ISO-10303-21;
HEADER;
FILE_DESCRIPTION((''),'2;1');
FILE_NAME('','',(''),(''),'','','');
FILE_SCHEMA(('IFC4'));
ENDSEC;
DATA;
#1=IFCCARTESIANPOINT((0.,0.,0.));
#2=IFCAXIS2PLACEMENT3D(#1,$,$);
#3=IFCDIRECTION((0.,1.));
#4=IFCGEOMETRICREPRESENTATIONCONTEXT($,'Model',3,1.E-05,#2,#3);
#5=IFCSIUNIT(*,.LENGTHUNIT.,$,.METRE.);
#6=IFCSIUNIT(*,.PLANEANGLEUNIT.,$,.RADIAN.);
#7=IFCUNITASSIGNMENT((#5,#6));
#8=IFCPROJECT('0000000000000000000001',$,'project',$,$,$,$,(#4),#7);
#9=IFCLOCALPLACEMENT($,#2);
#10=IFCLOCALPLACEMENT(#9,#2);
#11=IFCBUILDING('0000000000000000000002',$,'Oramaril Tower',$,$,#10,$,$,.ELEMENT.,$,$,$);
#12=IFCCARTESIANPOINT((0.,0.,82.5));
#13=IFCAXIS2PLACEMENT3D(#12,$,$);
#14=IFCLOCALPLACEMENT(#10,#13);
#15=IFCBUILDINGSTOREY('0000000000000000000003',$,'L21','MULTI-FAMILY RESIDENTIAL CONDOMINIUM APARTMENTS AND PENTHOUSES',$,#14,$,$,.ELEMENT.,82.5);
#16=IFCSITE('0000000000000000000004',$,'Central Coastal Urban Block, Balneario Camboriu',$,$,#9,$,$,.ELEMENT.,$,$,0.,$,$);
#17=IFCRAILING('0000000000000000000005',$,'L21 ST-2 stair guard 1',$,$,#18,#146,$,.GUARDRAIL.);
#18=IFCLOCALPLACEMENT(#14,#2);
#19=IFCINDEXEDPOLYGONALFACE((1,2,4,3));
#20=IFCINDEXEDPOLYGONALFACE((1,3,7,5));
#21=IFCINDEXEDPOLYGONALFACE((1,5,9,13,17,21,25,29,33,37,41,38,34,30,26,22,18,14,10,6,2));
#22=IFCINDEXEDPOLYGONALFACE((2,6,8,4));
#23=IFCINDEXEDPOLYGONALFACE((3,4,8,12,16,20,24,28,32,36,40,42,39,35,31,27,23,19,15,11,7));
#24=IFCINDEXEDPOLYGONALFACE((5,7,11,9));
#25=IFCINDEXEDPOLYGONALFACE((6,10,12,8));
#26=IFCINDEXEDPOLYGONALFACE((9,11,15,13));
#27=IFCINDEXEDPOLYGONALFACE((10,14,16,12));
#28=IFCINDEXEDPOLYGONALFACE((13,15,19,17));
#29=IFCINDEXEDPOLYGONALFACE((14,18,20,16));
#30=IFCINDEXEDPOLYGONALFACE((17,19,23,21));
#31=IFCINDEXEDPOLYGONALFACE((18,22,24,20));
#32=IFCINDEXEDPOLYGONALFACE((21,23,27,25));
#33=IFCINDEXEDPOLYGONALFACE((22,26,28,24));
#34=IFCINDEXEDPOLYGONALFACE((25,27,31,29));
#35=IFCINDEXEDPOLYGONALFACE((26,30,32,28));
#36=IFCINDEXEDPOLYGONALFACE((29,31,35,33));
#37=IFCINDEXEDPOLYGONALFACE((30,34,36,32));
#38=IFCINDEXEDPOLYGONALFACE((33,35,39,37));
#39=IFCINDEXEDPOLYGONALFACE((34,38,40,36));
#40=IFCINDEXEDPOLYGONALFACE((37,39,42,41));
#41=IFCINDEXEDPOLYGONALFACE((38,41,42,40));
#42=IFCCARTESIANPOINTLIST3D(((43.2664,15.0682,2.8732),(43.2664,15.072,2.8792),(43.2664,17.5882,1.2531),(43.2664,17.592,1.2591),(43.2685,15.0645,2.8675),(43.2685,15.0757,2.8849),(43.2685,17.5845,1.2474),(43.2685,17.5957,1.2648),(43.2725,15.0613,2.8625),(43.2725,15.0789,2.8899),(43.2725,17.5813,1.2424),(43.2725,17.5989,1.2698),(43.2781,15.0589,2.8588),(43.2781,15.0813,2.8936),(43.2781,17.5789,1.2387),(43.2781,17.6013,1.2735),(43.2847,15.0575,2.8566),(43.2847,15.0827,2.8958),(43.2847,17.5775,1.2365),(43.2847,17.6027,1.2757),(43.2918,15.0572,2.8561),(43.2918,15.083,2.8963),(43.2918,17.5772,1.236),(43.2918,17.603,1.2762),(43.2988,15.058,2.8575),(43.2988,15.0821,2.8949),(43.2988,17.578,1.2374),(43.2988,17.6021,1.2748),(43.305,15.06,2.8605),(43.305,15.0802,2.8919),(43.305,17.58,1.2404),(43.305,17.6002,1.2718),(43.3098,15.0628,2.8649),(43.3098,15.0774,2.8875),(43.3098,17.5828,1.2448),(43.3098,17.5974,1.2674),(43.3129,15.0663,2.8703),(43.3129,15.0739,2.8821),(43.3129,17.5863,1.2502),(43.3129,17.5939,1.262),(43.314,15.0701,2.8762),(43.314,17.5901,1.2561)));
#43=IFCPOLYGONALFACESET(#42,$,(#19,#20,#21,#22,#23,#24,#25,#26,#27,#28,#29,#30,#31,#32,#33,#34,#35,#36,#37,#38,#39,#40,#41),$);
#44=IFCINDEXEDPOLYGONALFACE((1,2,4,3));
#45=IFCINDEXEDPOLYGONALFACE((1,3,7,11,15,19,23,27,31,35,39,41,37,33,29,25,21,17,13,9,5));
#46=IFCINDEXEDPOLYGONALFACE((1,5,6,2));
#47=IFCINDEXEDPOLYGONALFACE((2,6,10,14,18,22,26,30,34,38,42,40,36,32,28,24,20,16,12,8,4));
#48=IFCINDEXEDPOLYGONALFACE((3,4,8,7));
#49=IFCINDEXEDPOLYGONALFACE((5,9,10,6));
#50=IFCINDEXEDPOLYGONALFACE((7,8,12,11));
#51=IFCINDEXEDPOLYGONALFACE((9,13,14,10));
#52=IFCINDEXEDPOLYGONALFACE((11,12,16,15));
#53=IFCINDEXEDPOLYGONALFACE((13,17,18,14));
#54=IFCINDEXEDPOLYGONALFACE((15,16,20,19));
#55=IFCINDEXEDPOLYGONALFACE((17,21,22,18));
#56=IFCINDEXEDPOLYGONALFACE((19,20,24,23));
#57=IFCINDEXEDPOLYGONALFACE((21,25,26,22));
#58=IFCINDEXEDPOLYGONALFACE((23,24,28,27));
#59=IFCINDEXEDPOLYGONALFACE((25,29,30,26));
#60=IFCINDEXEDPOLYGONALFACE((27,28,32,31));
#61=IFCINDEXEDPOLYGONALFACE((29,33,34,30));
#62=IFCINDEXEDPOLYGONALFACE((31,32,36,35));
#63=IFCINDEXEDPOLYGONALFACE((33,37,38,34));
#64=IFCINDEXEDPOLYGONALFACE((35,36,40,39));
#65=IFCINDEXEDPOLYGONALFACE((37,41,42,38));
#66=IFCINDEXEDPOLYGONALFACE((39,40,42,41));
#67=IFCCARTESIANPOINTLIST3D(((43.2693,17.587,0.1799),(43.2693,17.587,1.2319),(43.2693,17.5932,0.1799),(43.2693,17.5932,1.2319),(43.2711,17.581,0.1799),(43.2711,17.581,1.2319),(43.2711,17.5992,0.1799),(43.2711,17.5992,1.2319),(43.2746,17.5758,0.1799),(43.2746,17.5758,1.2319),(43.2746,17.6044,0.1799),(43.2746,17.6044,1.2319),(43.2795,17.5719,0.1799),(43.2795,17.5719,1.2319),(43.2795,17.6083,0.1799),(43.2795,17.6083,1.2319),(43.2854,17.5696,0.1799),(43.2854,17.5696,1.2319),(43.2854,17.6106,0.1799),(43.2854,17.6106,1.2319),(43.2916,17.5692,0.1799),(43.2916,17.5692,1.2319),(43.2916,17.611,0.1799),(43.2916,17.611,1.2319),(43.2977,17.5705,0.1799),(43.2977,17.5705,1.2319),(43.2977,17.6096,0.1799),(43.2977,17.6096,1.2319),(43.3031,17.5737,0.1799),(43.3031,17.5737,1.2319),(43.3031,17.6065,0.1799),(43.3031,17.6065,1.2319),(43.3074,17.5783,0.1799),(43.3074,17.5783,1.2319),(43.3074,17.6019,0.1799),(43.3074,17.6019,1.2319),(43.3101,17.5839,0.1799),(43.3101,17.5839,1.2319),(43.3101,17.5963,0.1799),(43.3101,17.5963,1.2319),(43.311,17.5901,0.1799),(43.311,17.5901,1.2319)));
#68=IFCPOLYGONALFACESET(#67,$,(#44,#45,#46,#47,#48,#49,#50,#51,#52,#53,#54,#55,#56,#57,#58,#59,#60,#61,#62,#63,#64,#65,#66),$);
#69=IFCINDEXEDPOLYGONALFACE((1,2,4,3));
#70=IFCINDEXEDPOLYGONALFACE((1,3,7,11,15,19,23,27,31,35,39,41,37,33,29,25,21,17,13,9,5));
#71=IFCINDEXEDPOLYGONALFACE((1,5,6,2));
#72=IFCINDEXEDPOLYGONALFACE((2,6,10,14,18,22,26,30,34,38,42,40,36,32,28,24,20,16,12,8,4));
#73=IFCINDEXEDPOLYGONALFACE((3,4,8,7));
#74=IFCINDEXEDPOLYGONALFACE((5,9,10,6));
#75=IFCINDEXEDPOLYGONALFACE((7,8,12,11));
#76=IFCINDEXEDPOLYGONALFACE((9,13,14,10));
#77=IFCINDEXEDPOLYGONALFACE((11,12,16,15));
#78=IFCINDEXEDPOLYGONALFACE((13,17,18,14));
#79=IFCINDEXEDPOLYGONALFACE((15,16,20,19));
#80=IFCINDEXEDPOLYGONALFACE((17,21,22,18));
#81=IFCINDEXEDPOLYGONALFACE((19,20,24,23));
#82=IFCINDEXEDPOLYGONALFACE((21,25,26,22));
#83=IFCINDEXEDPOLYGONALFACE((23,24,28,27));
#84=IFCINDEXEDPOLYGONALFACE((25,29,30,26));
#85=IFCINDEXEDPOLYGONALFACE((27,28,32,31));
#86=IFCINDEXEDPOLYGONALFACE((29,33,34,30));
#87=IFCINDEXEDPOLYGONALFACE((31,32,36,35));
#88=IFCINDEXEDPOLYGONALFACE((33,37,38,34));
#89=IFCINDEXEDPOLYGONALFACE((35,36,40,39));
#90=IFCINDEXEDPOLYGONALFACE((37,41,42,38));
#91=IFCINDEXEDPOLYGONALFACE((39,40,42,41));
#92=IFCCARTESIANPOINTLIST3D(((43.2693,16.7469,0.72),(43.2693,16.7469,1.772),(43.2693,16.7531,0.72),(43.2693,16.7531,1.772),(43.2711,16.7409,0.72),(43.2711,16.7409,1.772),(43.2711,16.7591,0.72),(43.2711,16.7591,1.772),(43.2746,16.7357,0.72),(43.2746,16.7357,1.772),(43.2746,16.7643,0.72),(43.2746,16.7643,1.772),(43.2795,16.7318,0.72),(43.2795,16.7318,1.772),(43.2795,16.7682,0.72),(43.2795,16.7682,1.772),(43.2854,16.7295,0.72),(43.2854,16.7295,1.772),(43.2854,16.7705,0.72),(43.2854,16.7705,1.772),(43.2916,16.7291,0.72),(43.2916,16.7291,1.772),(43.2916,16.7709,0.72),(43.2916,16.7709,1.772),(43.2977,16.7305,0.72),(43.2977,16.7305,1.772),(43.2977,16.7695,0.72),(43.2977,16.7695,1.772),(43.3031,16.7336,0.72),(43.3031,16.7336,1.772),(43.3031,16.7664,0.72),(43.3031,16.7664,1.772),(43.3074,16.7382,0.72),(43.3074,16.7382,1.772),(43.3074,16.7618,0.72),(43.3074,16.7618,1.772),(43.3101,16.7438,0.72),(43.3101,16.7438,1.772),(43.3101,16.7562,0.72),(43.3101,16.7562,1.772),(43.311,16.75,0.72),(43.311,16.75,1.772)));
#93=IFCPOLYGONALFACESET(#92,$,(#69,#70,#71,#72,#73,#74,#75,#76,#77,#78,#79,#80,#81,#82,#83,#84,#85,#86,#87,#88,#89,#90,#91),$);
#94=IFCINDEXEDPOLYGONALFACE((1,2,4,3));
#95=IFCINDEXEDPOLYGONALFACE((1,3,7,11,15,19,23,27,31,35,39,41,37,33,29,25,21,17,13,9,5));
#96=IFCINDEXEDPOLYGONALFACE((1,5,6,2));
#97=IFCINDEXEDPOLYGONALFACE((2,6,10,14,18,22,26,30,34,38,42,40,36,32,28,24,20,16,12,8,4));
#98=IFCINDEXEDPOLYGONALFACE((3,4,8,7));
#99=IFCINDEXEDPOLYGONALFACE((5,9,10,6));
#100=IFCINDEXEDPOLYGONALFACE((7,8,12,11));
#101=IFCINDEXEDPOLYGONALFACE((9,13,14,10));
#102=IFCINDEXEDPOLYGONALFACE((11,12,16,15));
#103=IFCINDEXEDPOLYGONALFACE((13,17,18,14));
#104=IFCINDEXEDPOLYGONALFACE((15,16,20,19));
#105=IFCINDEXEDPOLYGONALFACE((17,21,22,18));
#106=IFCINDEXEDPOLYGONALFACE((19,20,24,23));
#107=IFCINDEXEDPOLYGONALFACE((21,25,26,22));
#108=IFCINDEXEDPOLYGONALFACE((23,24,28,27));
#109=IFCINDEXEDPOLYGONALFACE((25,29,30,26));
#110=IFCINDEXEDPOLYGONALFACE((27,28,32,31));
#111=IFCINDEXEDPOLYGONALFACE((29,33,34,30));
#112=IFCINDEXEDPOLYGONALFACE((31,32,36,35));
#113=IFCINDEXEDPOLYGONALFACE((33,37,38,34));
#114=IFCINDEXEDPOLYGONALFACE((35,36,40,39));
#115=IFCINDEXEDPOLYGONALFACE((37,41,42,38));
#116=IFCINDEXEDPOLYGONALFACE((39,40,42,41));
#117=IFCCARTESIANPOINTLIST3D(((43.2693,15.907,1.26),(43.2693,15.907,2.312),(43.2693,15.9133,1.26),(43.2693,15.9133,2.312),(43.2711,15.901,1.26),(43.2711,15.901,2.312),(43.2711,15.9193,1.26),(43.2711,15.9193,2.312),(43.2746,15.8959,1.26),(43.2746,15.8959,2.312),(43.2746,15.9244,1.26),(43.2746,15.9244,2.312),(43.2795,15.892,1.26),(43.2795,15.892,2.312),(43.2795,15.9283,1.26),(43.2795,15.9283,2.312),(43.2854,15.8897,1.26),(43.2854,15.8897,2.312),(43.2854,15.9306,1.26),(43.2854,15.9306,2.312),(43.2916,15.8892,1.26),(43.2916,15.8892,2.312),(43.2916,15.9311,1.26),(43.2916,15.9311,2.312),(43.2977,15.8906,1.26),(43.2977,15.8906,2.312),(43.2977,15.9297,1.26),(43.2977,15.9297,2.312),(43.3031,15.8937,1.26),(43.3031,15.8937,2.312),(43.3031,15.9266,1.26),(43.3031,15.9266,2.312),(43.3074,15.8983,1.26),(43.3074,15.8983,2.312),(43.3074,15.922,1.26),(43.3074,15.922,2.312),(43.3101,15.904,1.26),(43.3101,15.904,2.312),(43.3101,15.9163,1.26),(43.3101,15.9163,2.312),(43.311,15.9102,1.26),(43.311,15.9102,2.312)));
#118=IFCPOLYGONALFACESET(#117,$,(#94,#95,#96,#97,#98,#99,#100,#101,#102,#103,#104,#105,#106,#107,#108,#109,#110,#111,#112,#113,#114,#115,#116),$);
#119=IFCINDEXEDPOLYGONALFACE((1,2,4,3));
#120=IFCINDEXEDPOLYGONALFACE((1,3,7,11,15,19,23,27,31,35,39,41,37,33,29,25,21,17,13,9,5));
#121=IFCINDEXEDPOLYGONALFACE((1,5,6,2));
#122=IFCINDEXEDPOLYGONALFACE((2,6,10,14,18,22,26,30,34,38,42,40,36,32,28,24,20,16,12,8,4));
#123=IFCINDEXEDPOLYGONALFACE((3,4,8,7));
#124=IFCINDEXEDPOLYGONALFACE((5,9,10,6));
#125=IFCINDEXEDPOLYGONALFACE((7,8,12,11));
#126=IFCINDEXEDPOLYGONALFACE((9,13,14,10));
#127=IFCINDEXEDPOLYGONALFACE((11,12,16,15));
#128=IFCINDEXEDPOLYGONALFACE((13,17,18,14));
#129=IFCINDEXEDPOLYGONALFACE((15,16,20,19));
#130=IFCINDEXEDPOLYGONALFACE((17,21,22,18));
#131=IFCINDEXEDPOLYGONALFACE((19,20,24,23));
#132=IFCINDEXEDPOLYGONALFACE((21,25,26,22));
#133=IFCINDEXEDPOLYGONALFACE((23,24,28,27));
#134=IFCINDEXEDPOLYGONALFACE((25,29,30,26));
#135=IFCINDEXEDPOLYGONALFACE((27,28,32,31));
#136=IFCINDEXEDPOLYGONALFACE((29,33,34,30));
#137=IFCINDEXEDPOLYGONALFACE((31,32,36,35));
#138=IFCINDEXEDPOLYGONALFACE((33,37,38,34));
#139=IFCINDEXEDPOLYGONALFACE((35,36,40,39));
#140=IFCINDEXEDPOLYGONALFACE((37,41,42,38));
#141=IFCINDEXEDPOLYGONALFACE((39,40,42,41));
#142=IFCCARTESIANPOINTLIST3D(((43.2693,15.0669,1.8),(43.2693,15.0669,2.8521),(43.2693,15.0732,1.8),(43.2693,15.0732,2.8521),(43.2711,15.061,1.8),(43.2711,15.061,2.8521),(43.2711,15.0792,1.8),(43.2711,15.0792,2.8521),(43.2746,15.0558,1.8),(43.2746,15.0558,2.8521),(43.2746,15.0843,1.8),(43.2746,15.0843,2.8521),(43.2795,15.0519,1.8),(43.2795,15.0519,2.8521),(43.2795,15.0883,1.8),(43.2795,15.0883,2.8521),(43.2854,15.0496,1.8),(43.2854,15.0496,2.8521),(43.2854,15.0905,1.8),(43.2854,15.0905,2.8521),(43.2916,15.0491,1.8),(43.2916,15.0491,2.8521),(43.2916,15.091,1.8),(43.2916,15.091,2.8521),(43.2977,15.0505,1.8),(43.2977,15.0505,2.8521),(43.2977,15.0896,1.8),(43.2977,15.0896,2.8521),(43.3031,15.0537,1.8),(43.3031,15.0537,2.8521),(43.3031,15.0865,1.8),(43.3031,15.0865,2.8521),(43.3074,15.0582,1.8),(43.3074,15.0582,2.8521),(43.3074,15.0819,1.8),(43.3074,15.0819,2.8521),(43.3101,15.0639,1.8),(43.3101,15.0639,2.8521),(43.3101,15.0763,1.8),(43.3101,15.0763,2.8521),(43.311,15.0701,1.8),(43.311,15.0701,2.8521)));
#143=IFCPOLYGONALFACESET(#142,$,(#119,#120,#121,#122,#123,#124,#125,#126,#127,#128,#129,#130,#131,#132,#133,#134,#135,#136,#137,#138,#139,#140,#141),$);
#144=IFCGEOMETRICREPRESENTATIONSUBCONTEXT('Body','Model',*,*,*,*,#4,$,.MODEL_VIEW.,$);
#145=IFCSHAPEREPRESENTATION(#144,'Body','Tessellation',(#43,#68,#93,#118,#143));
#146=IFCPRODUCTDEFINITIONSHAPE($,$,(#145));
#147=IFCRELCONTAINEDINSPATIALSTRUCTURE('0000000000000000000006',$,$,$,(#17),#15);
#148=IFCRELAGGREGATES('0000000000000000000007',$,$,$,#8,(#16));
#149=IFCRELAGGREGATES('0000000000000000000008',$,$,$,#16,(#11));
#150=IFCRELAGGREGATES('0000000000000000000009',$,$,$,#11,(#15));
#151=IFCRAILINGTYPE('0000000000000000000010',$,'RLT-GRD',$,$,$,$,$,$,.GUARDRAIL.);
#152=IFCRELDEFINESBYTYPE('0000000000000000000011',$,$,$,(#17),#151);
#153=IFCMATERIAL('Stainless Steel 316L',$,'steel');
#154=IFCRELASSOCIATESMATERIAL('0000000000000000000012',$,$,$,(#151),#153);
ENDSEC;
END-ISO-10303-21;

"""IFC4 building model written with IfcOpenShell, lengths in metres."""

from ifc_helpers import new_model, si_unit, direction, frame, origin, origin_2d, place, context, subcontext, project, spatial, circle, extrude, material, type_object, element, save


model = new_model("IFC4")

# Units and contexts
model_context = context("Model", 3, precision=1e-05, world=origin(), true_north=direction((0.0, 1.0)))
body_context = subcontext(model_context, "Body", "Model", "MODEL_VIEW")
ifc_project = project(units=[si_unit("LENGTHUNIT", "METRE"), si_unit("PLANEANGLEUNIT", "RADIAN")], contexts=[model_context])

# Site, building, storey
site_placement = place(None, origin())
site = spatial("IfcSite", under=ifc_project, at=site_placement, Name="Central Coastal Urban Block, Balneario Camboriu", CompositionType="ELEMENT", RefElevation=0.0)
building_placement = place(site_placement, origin())
building = spatial("IfcBuilding", under=site, at=building_placement, Name="Oramaril Tower", CompositionType="ELEMENT")
storey_placement = place(building_placement, frame((0.0, 0.0, 82.5)))
storey = spatial("IfcBuildingStorey", under=building, at=storey_placement, Name="L21", Description="MULTI-FAMILY RESIDENTIAL CONDOMINIUM APARTMENTS AND PENTHOUSES", CompositionType="ELEMENT", Elevation=82.5)

# Railing
ifc_material_1 = material(Name="Stainless Steel 316L", Category="steel")
railing_type_1 = type_object("IfcRailingType", Name="RLT-GRD", PredefinedType="GUARDRAIL", material=ifc_material_1)
railing_1_placement = place(storey_placement, frame((43.29, 17.5901, 0.1799)))
element("IfcRailing", 1, at=railing_1_placement, inside=storey, type_object=railing_type_1, Name="L21 ST-2 stair guard 1", PredefinedType="GUARDRAIL", context=body_context, shape_type="SweptSolid", body=[
    extrude(circle(Radius=0.0239, at=origin_2d()), frame((0.0, 0.0, 1.0762), z_axis=(0.0, -0.841163, 0.540782), x_axis=(1.0, 0.0, 0.0)), (0.0, 0.0, 1.0), 2.9958),
    extrude(circle(Radius=0.021, at=origin_2d()), origin(), (0.0, 0.0, 1.0), 1.052),
    extrude(circle(Radius=0.021, at=origin_2d()), frame((0.0, -0.8401, 0.54)), (0.0, 0.0, 1.0), 1.052),
    extrude(circle(Radius=0.021, at=origin_2d()), frame((0.0, -1.6799, 1.0801)), (0.0, 0.0, 1.0), 1.052),
    extrude(circle(Radius=0.021, at=origin_2d()), frame((0.0, -2.52, 1.6201)), (0.0, 0.0, 1.0), 1.052),
])

save(model, "model.ifc")
